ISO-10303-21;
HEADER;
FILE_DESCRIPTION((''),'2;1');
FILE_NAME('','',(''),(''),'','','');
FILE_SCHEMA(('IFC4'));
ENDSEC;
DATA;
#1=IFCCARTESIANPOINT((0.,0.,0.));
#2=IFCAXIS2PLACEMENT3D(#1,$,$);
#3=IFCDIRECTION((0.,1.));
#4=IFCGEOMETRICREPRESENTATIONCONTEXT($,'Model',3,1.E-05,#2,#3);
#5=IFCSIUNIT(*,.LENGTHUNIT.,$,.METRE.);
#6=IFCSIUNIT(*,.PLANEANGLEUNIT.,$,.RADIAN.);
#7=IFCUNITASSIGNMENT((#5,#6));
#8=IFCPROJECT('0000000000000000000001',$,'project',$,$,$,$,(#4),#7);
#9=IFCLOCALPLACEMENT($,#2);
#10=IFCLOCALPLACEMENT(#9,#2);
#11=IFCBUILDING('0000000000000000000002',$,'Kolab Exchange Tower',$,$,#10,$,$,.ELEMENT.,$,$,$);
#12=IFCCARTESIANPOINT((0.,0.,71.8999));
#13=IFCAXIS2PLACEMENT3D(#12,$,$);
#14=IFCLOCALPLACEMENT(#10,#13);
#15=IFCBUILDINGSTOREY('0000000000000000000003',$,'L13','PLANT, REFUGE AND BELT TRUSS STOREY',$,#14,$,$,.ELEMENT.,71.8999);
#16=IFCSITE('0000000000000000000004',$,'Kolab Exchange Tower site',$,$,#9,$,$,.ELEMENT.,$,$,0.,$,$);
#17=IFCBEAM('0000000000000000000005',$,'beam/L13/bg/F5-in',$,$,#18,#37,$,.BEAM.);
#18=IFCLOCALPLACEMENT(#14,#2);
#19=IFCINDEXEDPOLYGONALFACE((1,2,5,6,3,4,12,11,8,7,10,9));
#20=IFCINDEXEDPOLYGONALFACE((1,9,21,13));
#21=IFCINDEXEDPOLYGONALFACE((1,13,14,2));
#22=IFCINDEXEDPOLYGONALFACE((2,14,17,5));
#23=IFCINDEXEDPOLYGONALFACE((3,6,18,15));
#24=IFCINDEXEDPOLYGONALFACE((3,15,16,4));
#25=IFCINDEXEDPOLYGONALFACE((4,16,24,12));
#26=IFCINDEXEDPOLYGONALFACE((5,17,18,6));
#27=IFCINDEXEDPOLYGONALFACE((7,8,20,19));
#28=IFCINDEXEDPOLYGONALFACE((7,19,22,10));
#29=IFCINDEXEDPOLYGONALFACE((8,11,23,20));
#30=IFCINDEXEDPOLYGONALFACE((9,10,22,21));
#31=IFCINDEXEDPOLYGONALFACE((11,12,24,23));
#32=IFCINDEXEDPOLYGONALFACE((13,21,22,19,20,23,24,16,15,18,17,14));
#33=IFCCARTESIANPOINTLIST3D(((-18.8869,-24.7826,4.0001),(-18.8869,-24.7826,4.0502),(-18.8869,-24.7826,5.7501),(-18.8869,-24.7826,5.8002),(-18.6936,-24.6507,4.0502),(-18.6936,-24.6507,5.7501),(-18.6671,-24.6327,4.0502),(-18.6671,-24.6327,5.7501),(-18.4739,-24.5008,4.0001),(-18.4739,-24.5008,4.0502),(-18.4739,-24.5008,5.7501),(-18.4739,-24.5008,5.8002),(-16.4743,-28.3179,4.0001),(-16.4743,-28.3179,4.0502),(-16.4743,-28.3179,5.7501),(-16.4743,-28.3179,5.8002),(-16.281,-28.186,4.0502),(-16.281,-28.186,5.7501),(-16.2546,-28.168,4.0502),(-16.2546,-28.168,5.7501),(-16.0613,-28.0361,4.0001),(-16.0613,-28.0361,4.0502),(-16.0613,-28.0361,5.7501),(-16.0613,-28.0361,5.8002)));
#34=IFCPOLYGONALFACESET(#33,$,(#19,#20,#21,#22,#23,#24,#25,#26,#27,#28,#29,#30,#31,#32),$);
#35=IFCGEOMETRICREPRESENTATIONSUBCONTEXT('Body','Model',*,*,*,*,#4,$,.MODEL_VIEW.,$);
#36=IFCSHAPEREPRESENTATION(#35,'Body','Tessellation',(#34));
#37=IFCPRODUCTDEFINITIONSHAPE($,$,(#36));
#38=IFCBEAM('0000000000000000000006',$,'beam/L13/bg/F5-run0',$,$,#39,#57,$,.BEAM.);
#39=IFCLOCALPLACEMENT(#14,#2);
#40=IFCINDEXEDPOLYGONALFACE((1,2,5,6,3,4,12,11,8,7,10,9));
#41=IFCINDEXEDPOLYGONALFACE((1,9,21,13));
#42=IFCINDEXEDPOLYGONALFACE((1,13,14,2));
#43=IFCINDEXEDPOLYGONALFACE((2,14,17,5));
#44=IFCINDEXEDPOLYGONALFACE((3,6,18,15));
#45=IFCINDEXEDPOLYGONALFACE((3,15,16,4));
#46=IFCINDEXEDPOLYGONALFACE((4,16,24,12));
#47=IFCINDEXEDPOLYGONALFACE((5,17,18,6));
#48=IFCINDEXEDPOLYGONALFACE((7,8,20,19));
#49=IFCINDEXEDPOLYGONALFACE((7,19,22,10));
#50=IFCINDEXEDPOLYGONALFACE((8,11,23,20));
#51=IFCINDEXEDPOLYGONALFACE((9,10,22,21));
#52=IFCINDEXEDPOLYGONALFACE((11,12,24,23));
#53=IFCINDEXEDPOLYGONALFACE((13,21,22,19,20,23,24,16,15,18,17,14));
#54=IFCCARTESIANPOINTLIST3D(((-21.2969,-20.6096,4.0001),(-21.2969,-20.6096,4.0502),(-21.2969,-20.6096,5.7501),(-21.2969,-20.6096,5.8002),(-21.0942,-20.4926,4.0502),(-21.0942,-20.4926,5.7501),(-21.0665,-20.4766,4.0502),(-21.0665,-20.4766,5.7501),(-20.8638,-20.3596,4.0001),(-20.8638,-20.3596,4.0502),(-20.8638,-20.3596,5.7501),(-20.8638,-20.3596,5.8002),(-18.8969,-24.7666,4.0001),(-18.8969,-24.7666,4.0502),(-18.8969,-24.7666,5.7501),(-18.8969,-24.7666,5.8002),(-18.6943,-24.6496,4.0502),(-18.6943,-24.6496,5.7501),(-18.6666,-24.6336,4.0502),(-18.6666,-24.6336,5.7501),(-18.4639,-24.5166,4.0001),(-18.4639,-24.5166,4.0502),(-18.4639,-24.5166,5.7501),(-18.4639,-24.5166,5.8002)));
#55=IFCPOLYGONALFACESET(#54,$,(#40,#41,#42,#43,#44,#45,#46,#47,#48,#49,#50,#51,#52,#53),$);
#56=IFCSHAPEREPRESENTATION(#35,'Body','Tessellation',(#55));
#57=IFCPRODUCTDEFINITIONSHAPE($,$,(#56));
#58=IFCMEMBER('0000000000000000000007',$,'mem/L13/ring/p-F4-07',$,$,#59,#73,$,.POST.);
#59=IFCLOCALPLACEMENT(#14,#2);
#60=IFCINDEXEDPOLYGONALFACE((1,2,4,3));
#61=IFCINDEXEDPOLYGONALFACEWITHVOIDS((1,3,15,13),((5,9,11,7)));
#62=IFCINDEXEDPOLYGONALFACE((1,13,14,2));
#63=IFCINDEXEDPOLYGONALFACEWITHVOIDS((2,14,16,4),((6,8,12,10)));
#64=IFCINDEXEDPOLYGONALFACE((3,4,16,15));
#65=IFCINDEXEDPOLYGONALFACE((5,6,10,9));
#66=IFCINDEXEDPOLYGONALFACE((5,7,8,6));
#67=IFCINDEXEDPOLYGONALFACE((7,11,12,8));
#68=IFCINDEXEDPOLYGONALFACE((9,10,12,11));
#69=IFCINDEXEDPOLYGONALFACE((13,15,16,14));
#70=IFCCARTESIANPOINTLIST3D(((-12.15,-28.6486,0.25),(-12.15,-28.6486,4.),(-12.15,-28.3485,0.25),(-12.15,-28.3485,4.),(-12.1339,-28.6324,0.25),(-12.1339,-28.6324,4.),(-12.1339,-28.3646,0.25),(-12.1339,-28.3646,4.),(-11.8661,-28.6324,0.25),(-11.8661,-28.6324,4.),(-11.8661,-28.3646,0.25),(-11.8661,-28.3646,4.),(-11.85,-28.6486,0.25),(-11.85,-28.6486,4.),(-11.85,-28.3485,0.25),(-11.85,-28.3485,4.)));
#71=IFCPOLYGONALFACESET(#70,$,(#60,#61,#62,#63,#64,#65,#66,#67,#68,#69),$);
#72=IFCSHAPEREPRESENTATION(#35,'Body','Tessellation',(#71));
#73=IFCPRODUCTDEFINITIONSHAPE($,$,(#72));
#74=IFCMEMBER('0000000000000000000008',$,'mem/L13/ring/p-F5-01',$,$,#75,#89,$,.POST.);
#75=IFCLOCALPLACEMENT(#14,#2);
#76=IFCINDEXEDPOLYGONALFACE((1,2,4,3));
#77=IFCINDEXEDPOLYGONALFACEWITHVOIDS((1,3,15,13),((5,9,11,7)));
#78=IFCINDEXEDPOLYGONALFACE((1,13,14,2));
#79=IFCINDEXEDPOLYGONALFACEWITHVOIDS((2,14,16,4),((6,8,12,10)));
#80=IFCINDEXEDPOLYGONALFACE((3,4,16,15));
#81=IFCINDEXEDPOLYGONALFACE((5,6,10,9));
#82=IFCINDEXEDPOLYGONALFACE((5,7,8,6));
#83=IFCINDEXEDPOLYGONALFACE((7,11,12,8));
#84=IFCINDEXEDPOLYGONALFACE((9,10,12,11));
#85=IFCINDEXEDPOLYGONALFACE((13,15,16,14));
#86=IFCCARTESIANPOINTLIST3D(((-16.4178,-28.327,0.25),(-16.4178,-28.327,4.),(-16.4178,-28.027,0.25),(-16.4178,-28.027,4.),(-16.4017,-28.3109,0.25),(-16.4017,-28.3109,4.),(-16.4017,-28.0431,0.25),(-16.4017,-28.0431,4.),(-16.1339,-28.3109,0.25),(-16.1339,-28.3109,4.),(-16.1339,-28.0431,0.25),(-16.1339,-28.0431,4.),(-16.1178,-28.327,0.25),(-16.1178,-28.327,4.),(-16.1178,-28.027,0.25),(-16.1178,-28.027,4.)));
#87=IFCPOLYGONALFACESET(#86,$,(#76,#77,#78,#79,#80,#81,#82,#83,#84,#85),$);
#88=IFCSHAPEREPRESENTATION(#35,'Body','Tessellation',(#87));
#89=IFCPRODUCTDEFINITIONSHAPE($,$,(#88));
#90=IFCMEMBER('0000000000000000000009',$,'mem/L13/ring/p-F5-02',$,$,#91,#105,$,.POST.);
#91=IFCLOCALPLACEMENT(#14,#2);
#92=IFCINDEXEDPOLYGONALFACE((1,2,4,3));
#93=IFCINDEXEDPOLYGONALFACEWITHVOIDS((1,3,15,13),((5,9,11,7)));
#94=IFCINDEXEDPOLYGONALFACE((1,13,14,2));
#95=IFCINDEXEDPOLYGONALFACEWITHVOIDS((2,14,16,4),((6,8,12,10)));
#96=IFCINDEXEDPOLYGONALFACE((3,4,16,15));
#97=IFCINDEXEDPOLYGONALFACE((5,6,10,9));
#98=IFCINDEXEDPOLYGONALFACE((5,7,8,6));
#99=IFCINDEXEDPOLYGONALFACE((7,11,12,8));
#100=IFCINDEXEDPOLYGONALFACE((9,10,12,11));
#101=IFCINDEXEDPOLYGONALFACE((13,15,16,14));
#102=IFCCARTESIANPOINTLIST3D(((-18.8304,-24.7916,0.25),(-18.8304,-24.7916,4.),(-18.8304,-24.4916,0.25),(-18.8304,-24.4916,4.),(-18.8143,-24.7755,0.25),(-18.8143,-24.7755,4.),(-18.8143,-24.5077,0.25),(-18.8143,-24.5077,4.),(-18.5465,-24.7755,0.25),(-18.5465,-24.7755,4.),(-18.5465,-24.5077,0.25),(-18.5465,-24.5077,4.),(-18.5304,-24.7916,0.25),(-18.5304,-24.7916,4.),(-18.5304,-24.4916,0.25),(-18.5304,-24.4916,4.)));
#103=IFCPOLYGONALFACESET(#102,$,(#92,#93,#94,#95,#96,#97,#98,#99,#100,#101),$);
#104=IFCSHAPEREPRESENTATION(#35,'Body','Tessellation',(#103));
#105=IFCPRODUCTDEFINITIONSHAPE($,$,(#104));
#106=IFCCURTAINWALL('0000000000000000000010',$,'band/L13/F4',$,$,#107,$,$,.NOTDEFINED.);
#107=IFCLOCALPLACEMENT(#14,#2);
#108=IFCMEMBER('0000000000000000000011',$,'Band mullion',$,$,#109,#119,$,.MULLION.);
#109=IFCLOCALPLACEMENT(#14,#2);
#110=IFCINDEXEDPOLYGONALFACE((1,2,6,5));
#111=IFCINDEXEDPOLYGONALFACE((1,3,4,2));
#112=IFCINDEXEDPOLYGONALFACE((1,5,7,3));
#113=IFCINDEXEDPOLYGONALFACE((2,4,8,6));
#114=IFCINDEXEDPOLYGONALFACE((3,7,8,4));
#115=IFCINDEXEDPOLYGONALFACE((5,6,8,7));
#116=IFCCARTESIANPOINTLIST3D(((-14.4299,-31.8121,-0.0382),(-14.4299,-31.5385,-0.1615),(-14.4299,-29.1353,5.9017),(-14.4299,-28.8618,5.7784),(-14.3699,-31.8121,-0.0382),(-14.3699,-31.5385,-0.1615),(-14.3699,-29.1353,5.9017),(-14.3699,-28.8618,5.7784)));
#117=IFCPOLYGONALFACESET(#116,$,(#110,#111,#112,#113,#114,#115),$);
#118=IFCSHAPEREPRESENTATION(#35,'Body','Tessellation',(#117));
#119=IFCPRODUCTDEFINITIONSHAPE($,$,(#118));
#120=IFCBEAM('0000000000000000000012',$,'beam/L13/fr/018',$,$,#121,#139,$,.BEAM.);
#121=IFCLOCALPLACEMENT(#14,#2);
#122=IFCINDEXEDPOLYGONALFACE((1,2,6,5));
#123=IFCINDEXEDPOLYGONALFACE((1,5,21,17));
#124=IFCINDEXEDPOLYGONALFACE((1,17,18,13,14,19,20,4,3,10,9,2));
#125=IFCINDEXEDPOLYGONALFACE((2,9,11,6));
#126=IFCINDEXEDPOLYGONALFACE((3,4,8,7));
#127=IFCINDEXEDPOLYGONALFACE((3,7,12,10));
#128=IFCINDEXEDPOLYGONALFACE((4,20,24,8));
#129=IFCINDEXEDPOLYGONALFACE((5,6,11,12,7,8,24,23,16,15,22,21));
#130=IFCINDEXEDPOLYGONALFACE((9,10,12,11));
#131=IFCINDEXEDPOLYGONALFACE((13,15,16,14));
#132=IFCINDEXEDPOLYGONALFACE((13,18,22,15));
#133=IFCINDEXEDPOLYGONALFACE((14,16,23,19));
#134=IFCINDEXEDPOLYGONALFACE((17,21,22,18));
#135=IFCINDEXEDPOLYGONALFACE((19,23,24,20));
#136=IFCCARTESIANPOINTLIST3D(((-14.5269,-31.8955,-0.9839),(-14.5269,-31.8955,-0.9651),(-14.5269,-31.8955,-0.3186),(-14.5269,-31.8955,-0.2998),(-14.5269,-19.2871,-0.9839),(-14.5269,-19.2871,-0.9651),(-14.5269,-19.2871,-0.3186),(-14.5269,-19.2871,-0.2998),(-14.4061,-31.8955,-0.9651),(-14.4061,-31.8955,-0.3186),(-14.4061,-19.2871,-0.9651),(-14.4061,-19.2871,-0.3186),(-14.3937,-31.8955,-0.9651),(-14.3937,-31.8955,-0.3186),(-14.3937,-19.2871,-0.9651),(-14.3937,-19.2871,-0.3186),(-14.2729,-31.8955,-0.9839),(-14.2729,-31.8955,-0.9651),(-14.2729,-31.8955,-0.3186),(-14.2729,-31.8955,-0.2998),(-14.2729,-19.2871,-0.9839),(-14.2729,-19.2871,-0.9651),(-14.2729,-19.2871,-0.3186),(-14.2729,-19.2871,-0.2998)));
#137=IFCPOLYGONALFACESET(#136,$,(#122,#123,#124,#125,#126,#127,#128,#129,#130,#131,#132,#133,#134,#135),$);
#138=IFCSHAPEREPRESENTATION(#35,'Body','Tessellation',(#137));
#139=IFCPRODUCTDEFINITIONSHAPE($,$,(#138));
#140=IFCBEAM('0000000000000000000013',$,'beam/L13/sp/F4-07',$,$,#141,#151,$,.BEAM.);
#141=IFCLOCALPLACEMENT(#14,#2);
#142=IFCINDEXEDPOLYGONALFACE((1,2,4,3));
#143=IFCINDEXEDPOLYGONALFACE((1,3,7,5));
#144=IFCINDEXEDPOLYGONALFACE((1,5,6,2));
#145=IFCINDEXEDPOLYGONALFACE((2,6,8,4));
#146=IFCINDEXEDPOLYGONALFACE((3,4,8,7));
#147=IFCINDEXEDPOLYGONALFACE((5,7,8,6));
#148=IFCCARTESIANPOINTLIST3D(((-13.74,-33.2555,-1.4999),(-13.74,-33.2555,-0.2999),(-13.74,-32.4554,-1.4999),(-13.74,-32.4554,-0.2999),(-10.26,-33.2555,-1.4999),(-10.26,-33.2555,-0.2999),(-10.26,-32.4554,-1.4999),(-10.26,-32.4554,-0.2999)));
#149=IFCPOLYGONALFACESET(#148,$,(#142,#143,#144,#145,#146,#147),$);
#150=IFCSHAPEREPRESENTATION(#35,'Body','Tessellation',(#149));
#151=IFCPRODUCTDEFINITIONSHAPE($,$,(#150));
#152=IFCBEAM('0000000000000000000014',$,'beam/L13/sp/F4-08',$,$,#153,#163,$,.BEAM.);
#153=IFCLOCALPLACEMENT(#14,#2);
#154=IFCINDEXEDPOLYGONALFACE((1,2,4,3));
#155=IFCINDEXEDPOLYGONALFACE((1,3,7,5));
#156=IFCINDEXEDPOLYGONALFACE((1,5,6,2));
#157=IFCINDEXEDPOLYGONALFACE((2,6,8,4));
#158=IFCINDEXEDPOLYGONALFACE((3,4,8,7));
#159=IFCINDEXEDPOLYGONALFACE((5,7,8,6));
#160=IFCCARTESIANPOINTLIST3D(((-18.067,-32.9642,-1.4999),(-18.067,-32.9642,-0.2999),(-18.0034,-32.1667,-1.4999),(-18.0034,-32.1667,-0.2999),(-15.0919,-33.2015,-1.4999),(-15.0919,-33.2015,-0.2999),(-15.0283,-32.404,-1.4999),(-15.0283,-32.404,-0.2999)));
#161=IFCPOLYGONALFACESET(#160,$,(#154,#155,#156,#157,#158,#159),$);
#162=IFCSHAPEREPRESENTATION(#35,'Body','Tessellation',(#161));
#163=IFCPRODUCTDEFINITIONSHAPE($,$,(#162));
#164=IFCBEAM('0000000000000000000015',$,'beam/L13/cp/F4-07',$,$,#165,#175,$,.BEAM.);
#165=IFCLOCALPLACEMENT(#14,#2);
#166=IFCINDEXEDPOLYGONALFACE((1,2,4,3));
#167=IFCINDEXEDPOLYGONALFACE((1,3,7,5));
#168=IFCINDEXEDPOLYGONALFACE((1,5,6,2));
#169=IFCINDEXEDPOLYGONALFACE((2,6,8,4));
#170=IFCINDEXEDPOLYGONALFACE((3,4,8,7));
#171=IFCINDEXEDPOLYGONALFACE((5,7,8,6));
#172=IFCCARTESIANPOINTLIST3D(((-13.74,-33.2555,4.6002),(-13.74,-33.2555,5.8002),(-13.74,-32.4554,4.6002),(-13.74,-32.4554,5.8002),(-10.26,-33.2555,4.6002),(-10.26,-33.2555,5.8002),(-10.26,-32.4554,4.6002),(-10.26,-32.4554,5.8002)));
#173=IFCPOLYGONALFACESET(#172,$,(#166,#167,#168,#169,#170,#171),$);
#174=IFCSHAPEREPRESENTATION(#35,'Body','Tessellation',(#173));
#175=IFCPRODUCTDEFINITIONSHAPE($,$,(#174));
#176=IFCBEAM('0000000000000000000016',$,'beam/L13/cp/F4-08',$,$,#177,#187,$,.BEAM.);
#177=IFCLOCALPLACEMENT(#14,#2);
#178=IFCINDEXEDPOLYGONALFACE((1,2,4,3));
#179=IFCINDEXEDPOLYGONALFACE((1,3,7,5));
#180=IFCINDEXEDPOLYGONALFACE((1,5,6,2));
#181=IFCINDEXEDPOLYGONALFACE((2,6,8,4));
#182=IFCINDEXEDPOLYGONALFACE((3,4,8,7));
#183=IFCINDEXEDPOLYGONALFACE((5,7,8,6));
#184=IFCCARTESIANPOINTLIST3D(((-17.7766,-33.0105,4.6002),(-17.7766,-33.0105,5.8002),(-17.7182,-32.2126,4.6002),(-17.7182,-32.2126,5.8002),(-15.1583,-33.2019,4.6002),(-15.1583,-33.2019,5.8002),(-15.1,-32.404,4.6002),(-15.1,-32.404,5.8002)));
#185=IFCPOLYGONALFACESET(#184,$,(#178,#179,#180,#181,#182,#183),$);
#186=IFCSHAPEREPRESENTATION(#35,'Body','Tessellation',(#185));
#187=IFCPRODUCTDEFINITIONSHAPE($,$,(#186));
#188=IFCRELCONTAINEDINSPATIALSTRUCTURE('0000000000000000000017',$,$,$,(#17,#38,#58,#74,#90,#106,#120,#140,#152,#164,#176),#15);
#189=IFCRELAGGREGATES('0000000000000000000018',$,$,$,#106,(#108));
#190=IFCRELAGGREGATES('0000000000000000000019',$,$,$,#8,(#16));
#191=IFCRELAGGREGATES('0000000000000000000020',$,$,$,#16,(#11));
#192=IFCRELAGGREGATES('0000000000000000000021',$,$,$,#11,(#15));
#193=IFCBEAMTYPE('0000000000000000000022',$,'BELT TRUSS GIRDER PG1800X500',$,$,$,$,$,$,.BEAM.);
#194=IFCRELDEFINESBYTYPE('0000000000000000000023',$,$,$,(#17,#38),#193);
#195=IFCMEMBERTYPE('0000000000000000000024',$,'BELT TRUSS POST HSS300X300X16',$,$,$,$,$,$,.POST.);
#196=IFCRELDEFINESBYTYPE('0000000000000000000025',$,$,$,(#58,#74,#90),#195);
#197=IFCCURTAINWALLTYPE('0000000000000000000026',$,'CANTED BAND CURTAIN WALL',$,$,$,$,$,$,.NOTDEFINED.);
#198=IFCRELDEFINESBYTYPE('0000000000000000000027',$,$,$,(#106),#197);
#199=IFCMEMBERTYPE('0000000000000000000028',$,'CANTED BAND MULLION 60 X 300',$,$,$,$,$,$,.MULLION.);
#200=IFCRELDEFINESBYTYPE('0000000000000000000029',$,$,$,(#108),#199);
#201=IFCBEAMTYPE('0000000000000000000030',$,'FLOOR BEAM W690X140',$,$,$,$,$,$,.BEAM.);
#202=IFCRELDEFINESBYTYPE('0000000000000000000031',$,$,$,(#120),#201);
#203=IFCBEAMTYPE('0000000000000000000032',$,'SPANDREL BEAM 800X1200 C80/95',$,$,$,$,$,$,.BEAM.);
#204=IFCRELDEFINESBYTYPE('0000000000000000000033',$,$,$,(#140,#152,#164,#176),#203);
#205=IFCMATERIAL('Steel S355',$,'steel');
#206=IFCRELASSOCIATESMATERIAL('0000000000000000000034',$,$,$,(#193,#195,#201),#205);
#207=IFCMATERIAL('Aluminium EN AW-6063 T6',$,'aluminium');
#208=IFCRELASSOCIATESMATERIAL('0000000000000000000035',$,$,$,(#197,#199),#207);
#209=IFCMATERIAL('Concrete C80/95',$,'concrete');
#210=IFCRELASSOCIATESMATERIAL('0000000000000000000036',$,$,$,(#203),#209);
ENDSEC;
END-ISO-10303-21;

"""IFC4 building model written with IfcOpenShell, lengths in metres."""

from ifc_helpers import new_model, si_unit, direction, frame, origin, origin_2d, place, context, subcontext, project, spatial, rectangle, hollow_rectangle, i_section, extrude, material, material_profile, profile_set, type_object, element, aggregate, save


model = new_model("IFC4")

# Units and contexts
model_context = context("Model", 3, precision=1e-05, world=origin(), true_north=direction((0.0, 1.0)))
body_context = subcontext(model_context, "Body", "Model", "MODEL_VIEW")
ifc_project = project(units=[si_unit("LENGTHUNIT", "METRE"), si_unit("PLANEANGLEUNIT", "RADIAN")], contexts=[model_context])

# Site, building, storey
site_placement = place(None, origin())
site = spatial("IfcSite", under=ifc_project, at=site_placement, Name="Kolab Exchange Tower site", CompositionType="ELEMENT", RefElevation=0.0)
building_placement = place(site_placement, origin())
building = spatial("IfcBuilding", under=site, at=building_placement, Name="Kolab Exchange Tower", CompositionType="ELEMENT")
storey_placement = place(building_placement, frame((0.0, 0.0, 71.8999)))
storey = spatial("IfcBuildingStorey", under=building, at=storey_placement, Name="L13", Description="PLANT, REFUGE AND BELT TRUSS STOREY", CompositionType="ELEMENT", Elevation=71.8999)

# Shared definitions
ifc_material_1 = material(Name="Concrete C80/95", Category="concrete")

# Shared definitions
ifc_material_2 = material(Name="Steel S355", Category="steel")

# Beams
ifc_material_profile_1 = material_profile(ifc_material_2, i_section(OverallWidth=0.5, OverallDepth=1.8, WebThickness=0.032, FlangeThickness=0.05, at=origin_2d()), Name="PG1800X500")
ifc_profile_set_1 = profile_set([ifc_material_profile_1], Name="Steel S355")
beam_type_1 = type_object("IfcBeamType", Name="BELT TRUSS GIRDER PG1800X500", PredefinedType="BEAM", material=ifc_profile_set_1)
for number, where, z_axis, x_axis, name in (
    (1, (-16.2678, -28.177, 4.9001), (-0.563671, 0.825999, 0.0), (-0.825999, -0.563671, 0.0), "beam/L13/bg/F5-in"),
):
    element("IfcBeam", number, at=place(storey_placement, frame(where, z_axis=z_axis, x_axis=x_axis)), inside=storey, type_object=beam_type_1, Name=name, PredefinedType="BEAM", context=body_context, shape_type="SweptSolid", body=[
        extrude(i_section(OverallWidth=0.5, OverallDepth=1.8, WebThickness=0.032, FlangeThickness=0.05, at=origin_2d()), origin(), (0.0, 0.0, 1.0), 4.28),
    ])
beam_1_placement = place(storey_placement, frame((-18.6804, -24.6416, 4.9001), z_axis=(-0.499979, 0.866037, 0.0), x_axis=(-0.866037, -0.499979, 0.0)))
element("IfcBeam", 2, at=beam_1_placement, inside=storey, type_object=beam_type_1, Name="beam/L13/bg/F5-run0", PredefinedType="BEAM", context=body_context, shape_type="SweptSolid", body=[
    extrude(i_section(OverallWidth=0.5, OverallDepth=1.8, WebThickness=0.032, FlangeThickness=0.05, at=origin_2d()), origin(), (0.0, 0.0, 1.0), 4.8),
])

# Members
ifc_material_profile_2 = material_profile(ifc_material_2, hollow_rectangle(XDim=0.3, YDim=0.3, WallThickness=0.0161, at=origin_2d()), Name="HSS300X300X16")
ifc_profile_set_2 = profile_set([ifc_material_profile_2], Name="Steel S355")
member_type_1 = type_object("IfcMemberType", Name="BELT TRUSS POST HSS300X300X16", PredefinedType="POST", material=ifc_profile_set_2)
for number, where, z_axis, x_axis, name in (
    (3, (-12.0, -28.4985, 0.25), (0.0, 0.0, 1.0), (1.0, 0.0, 0.0), "mem/L13/ring/p-F4-07"),
    (4, (-16.2678, -28.177, 0.25), (0.0, 0.0, 1.0), (1.0, 0.0, 0.0), "mem/L13/ring/p-F5-01"),
    (5, (-18.6804, -24.6416, 0.25), (0.0, 0.0, 1.0), (1.0, 0.0, 0.0), "mem/L13/ring/p-F5-02"),
):
    element("IfcMember", number, at=place(storey_placement, frame(where, z_axis=z_axis, x_axis=x_axis)), inside=storey, type_object=member_type_1, Name=name, PredefinedType="POST", context=body_context, shape_type="SweptSolid", body=[
        extrude(hollow_rectangle(XDim=0.3, YDim=0.3, WallThickness=0.0161, at=origin_2d()), origin(), (0.0, 0.0, 1.0), 3.75),
    ])

# Curtain wall, member
ifc_material_3 = material(Name="Aluminium EN AW-6063 T6", Category="aluminium")
curtain_wall_type_1 = type_object("IfcCurtainWallType", Name="CANTED BAND CURTAIN WALL", PredefinedType="NOTDEFINED", material=ifc_material_3)
curtain_wall_1_placement = place(storey_placement, origin())
curtain_wall_1 = element("IfcCurtainWall", 6, at=curtain_wall_1_placement, inside=storey, type_object=curtain_wall_type_1, Name="band/L13/F4", PredefinedType="NOTDEFINED")
ifc_material_profile_3 = material_profile(ifc_material_3, rectangle(XDim=0.0601, YDim=0.3, at=origin_2d()), Name="RECT 60X300")
ifc_profile_set_3 = profile_set([ifc_material_profile_3], Name="Aluminium EN AW-6063 T6")
member_type_2 = type_object("IfcMemberType", Name="CANTED BAND MULLION 60 X 300", PredefinedType="MULLION", material=ifc_profile_set_3)
member_1_placement = place(storey_placement, frame((-14.3999, -31.6753, -0.0999), z_axis=(0.0, 0.410848, 0.911704), x_axis=(-1.0, 0.0, 0.0)))
member_1 = element("IfcMember", 7, at=member_1_placement, type_object=member_type_2, Name="Band mullion", PredefinedType="MULLION", context=body_context, shape_type="SweptSolid", body=[
    extrude(rectangle(XDim=0.0601, YDim=0.3, at=origin_2d()), origin(), (0.0, 0.0, 1.0), 6.5151),
])
aggregate(curtain_wall_1, [member_1])

# Beams
ifc_material_profile_4 = material_profile(ifc_material_2, i_section(OverallWidth=0.2539, OverallDepth=0.6841, WebThickness=0.0125, FlangeThickness=0.0188, at=origin_2d()), Name="W690X140")
ifc_profile_set_4 = profile_set([ifc_material_profile_4], Name="Steel S355")
beam_type_2 = type_object("IfcBeamType", Name="FLOOR BEAM W690X140", PredefinedType="BEAM", material=ifc_profile_set_4)
beam_2_placement = place(storey_placement, frame((-14.3999, -31.8955, -0.6418), z_axis=(0.0, 1.0, 0.0), x_axis=(-1.0, 0.0, 0.0)))
element("IfcBeam", 8, at=beam_2_placement, inside=storey, type_object=beam_type_2, Name="beam/L13/fr/018", PredefinedType="BEAM", context=body_context, shape_type="SweptSolid", body=[
    extrude(i_section(OverallWidth=0.2539, OverallDepth=0.6841, WebThickness=0.0125, FlangeThickness=0.0188, at=origin_2d()), origin(), (0.0, 0.0, 1.0), 12.6084),
])
ifc_material_profile_5 = material_profile(ifc_material_1, rectangle(XDim=0.8, YDim=1.2, at=origin_2d()), Name="RC800X1200")
ifc_profile_set_5 = profile_set([ifc_material_profile_5], Name="Concrete C80/95")
beam_type_3 = type_object("IfcBeamType", Name="SPANDREL BEAM 800X1200 C80/95", PredefinedType="BEAM", material=ifc_profile_set_5)
beam_3_placement = place(storey_placement, frame((-10.26, -32.8555, -0.8999), z_axis=(-1.0, 0.0, 0.0), x_axis=(0.0, -1.0, 0.0)))
element("IfcBeam", 9, at=beam_3_placement, inside=storey, type_object=beam_type_3, Name="beam/L13/sp/F4-07", PredefinedType="BEAM", context=body_context, shape_type="SweptSolid", body=[
    extrude(rectangle(XDim=0.8, YDim=1.2, at=origin_2d()), origin(), (0.0, 0.0, 1.0), 3.48),
])
beam_4_placement = place(storey_placement, frame((-15.0601, -32.8027, -0.8999), z_axis=(-0.996834, 0.079511, 0.0), x_axis=(-0.079511, -0.996834, 0.0)))
element("IfcBeam", 10, at=beam_4_placement, inside=storey, type_object=beam_type_3, Name="beam/L13/sp/F4-08", PredefinedType="BEAM", context=body_context, shape_type="SweptSolid", body=[
    extrude(rectangle(XDim=0.8, YDim=1.2, at=origin_2d()), origin(), (0.0, 0.0, 1.0), 2.9846),
])
beam_5_placement = place(storey_placement, frame((-10.26, -32.8555, 5.2002), z_axis=(-1.0, 0.0, 0.0), x_axis=(0.0, -1.0, 0.0)))
element("IfcBeam", 11, at=beam_5_placement, inside=storey, type_object=beam_type_3, Name="beam/L13/cp/F4-07", PredefinedType="BEAM", context=body_context, shape_type="SweptSolid", body=[
    extrude(rectangle(XDim=0.8, YDim=1.2, at=origin_2d()), origin(), (0.0, 0.0, 1.0), 3.48),
])
beam_6_placement = place(storey_placement, frame((-15.1292, -32.803, 5.2002), z_axis=(-0.997338, 0.072912, 0.0), x_axis=(-0.072912, -0.997338, 0.0)))
element("IfcBeam", 12, at=beam_6_placement, inside=storey, type_object=beam_type_3, Name="beam/L13/cp/F4-08", PredefinedType="BEAM", context=body_context, shape_type="SweptSolid", body=[
    extrude(rectangle(XDim=0.8, YDim=1.2, at=origin_2d()), origin(), (0.0, 0.0, 1.0), 2.6252),
])

save(model, "model.ifc")
